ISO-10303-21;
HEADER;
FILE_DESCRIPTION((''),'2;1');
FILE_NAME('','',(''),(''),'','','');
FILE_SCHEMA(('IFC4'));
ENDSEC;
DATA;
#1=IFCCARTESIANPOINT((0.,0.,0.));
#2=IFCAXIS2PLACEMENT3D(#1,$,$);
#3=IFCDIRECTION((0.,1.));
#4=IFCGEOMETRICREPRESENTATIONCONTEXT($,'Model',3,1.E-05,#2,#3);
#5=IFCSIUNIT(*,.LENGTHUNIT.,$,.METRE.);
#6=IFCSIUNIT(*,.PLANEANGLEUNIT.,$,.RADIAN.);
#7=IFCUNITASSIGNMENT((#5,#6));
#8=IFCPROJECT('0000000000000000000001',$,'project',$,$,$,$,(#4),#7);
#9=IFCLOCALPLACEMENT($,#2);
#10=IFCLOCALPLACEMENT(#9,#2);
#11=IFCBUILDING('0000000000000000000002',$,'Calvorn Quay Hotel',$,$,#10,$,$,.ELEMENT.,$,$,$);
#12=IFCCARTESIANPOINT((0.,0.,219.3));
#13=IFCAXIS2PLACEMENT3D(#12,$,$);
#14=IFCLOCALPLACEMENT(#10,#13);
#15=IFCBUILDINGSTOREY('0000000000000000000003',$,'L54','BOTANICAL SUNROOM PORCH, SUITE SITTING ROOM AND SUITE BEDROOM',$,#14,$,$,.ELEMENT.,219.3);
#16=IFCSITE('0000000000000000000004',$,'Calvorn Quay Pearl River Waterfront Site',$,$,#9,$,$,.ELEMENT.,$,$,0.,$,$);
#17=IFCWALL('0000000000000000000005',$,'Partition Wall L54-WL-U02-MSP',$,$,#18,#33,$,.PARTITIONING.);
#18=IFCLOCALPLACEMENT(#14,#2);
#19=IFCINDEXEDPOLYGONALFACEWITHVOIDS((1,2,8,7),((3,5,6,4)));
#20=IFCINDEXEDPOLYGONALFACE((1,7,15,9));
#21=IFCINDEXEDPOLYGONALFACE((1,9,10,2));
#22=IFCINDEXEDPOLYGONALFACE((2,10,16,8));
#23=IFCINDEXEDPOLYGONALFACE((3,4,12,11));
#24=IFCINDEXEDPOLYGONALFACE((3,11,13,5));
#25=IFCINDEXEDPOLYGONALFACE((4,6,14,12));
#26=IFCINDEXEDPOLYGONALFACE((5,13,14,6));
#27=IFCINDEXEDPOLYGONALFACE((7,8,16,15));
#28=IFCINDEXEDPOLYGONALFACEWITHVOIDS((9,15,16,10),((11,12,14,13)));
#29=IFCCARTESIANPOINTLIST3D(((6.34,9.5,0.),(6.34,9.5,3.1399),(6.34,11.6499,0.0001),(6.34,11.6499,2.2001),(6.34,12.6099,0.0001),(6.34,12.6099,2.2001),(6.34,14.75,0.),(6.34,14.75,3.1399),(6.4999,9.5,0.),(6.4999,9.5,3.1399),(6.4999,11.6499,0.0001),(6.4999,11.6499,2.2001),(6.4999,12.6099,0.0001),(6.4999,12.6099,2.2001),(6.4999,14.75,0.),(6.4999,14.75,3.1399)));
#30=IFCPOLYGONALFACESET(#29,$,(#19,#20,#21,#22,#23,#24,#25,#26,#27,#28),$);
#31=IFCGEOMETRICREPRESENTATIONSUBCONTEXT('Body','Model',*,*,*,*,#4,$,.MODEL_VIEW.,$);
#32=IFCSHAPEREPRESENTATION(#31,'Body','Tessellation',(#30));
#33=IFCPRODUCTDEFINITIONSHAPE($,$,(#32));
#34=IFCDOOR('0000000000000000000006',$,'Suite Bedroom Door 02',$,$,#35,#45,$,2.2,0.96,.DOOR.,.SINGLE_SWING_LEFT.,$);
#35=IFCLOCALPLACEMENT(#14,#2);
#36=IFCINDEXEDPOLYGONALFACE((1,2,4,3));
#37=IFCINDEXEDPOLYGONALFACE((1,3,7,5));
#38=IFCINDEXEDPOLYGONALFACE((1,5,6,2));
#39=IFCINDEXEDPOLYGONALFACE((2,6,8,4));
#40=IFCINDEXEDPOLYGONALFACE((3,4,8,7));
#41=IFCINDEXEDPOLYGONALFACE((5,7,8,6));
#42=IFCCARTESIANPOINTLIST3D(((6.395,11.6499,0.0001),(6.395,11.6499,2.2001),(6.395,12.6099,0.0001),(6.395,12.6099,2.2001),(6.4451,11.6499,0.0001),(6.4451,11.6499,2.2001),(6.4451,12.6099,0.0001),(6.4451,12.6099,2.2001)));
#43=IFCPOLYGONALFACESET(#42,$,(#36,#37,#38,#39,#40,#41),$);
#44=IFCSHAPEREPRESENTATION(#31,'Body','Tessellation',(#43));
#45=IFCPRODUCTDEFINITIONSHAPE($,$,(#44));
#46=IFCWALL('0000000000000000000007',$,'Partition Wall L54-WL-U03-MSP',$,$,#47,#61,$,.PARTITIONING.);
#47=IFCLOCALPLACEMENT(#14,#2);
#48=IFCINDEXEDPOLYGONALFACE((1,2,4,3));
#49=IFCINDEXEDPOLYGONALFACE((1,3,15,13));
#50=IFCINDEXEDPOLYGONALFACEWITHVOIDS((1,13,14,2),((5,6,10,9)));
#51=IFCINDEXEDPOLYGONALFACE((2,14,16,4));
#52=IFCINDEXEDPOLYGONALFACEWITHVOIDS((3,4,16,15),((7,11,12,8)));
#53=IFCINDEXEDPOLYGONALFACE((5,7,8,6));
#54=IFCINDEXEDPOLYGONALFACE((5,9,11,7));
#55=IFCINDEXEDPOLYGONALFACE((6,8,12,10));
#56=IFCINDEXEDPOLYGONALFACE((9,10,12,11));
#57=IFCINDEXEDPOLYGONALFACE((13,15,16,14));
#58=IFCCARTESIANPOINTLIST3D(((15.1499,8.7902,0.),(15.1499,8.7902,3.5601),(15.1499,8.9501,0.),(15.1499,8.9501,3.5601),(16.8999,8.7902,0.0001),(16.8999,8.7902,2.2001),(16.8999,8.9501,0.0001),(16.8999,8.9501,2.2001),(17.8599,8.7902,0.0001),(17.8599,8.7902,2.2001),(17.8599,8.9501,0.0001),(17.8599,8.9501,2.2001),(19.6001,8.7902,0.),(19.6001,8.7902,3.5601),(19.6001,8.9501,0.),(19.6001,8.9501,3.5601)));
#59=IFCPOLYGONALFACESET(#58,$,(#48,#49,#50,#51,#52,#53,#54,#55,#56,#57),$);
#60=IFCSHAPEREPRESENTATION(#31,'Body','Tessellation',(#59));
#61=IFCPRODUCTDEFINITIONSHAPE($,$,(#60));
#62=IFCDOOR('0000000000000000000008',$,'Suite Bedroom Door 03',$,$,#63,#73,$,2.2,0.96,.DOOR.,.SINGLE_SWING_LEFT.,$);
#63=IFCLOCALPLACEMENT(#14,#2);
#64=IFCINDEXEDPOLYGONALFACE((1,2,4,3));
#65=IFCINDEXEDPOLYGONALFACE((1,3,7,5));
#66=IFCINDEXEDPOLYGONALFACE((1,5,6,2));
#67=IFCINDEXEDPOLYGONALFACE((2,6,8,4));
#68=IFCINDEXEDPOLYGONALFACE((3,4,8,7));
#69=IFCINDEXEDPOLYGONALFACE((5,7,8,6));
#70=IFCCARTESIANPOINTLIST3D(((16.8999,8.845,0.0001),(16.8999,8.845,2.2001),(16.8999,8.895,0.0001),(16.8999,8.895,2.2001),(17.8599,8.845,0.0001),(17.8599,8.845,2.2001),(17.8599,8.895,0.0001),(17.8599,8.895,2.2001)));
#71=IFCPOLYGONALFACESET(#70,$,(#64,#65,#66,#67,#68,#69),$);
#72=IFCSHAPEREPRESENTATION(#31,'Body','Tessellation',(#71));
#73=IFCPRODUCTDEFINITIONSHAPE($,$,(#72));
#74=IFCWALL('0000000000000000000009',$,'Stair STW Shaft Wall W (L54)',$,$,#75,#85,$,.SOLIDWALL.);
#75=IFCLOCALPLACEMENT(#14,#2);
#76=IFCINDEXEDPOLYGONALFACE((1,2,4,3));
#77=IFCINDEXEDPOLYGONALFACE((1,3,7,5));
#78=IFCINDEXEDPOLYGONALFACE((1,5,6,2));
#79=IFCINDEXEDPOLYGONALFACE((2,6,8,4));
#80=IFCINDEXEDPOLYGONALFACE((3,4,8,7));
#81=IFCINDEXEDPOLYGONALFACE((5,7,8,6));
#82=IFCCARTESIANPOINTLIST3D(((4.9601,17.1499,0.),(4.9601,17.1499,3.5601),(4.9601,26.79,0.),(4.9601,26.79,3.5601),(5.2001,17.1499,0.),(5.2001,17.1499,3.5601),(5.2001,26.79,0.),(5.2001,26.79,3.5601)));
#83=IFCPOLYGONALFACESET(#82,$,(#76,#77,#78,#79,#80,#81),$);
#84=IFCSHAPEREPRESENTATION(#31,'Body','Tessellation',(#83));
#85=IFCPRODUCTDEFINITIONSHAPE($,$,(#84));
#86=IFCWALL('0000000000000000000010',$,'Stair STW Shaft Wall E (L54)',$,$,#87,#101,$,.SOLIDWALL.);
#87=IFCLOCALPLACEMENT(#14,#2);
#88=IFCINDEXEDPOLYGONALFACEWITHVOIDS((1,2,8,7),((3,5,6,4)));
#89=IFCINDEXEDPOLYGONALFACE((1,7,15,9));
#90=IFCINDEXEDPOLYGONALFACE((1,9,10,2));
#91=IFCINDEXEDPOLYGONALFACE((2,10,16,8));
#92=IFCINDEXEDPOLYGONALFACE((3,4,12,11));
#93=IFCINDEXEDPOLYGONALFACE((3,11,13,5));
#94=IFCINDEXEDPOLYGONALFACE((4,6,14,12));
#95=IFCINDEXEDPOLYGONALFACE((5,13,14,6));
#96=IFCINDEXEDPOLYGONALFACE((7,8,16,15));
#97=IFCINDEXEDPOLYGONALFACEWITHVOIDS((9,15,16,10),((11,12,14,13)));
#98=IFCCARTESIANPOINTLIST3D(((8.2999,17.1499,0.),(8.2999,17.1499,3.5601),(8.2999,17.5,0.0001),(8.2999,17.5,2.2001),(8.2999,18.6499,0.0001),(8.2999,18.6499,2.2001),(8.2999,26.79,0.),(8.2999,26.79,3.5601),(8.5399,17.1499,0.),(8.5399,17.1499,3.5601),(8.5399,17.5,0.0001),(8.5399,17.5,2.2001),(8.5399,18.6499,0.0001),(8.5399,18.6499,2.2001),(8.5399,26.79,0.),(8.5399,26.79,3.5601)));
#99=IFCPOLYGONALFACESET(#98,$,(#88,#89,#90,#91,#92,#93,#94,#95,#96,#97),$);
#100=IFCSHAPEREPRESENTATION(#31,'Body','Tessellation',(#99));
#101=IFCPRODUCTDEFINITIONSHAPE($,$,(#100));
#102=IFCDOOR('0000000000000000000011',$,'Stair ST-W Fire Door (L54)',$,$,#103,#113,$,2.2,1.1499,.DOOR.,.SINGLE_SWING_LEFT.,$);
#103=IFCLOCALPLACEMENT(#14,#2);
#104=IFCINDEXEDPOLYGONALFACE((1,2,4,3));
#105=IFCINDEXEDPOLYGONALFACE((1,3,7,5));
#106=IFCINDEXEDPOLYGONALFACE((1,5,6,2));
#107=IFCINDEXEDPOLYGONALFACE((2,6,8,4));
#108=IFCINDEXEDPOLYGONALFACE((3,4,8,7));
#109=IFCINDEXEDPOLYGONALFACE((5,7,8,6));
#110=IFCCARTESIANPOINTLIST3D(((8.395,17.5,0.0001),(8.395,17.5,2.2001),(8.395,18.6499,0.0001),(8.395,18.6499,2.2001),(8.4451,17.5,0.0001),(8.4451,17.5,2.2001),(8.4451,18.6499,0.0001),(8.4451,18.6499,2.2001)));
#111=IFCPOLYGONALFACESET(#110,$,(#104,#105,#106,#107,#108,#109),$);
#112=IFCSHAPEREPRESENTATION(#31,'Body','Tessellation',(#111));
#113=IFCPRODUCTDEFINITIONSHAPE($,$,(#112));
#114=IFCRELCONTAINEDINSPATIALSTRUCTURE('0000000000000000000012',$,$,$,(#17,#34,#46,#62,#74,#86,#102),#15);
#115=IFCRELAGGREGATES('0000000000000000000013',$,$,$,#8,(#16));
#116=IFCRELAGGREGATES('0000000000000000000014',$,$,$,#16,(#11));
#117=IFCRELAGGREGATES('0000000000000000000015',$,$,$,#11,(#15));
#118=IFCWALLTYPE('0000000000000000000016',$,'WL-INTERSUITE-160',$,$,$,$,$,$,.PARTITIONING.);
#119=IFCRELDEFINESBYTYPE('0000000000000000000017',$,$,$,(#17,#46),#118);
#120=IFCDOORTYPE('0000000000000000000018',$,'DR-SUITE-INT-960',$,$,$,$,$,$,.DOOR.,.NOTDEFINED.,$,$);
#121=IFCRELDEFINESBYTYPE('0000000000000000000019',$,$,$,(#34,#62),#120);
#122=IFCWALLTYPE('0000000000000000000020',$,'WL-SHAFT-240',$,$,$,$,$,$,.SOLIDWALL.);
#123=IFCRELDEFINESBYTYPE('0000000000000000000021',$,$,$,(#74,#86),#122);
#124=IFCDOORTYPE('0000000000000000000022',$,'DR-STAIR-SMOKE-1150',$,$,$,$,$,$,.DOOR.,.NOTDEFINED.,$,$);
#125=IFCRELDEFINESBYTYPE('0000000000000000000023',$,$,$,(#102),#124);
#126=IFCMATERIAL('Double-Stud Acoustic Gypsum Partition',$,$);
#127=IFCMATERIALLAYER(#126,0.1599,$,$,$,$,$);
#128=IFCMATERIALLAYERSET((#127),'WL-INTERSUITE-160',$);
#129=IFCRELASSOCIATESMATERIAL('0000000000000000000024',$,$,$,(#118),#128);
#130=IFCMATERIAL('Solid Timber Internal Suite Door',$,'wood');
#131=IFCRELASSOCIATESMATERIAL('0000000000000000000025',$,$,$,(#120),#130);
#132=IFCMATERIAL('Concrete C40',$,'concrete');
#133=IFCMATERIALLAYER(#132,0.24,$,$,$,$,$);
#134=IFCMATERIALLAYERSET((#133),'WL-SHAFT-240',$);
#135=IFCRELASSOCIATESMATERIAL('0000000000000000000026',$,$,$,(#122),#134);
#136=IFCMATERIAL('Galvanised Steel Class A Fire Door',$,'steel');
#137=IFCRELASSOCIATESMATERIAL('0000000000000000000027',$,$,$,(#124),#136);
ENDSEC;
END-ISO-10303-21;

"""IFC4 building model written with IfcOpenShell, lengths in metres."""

from ifc_helpers import new_model, si_unit, direction, frame, frame_2d, origin, place, context, subcontext, project, spatial, rectangle, extrude, material, layer, layer_set, type_object, element, fill, save


model = new_model("IFC4")

# Units and contexts
model_context = context("Model", 3, precision=1e-05, world=origin(), true_north=direction((0.0, 1.0)))
body_context = subcontext(model_context, "Body", "Model", "MODEL_VIEW")
ifc_project = project(units=[si_unit("LENGTHUNIT", "METRE"), si_unit("PLANEANGLEUNIT", "RADIAN")], contexts=[model_context])

# Site, building, storey
site_placement = place(None, origin())
site = spatial("IfcSite", under=ifc_project, at=site_placement, Name="Calvorn Quay Pearl River Waterfront Site", CompositionType="ELEMENT", RefElevation=0.0)
building_placement = place(site_placement, origin())
building = spatial("IfcBuilding", under=site, at=building_placement, Name="Calvorn Quay Hotel", CompositionType="ELEMENT")
storey_placement = place(building_placement, frame((0.0, 0.0, 219.3)))
storey = spatial("IfcBuildingStorey", under=building, at=storey_placement, Name="L54", Description="BOTANICAL SUNROOM PORCH, SUITE SITTING ROOM AND SUITE BEDROOM", CompositionType="ELEMENT", Elevation=219.3)

# Walls, openings, doors
ifc_material_1 = material(Name="Double-Stud Acoustic Gypsum Partition")
ifc_layer_1 = layer(ifc_material_1, 0.1599)
ifc_layer_set_1 = layer_set([ifc_layer_1], Name="WL-INTERSUITE-160")
wall_type_1 = type_object("IfcWallType", Name="WL-INTERSUITE-160", PredefinedType="PARTITIONING", material=ifc_layer_set_1)
wall_1_placement = place(storey_placement, frame((6.4199, 9.5, 0.0), z_axis=(0.0, 0.0, 1.0), x_axis=(0.0, 1.0, 0.0)))
wall_1 = element("IfcWall", 1, at=wall_1_placement, inside=storey, type_object=wall_type_1, Name="Partition Wall L54-WL-U02-MSP", PredefinedType="PARTITIONING", context=body_context, shape_type="SweptSolid", body=[
    extrude(rectangle(XDim=5.25, YDim=0.1599, at=frame_2d((2.625, 0.0))), origin(), (0.0, 0.0, 1.0), 3.1399),
])
opening_1_placement = place(wall_1_placement, frame((2.1499, 0.0, 0.0)))
opening_1 = element("IfcOpeningElement", 2, at=opening_1_placement, cuts=wall_1, PredefinedType="OPENING", context=body_context, shape_type="SweptSolid", body=[
    extrude(rectangle(XDim=0.96, YDim=2.2, at=frame_2d((0.48, 1.1001))), frame((0.0, 0.0898, 0.0), z_axis=(0.0, -1.0, 0.0), x_axis=(1.0, 0.0, 0.0)), (0.0, 0.0, 1.0), 0.1799),
])
ifc_material_2 = material(Name="Solid Timber Internal Suite Door", Category="wood")
door_type_1 = type_object("IfcDoorType", Name="DR-SUITE-INT-960", OperationType="NOTDEFINED", PredefinedType="DOOR", material=ifc_material_2)
door_1_placement = place(opening_1_placement, origin())
door_1 = element("IfcDoor", 3, at=door_1_placement, inside=storey, type_object=door_type_1, Name="Suite Bedroom Door 02", OperationType="SINGLE_SWING_LEFT", OverallHeight=2.2, OverallWidth=0.96, PredefinedType="DOOR", context=body_context, shape_type="SweptSolid", body=[
    extrude(rectangle(XDim=0.96, YDim=2.2, at=frame_2d((0.48, 1.1001))), frame((0.0, 0.0249, 0.0), z_axis=(0.0, -1.0, 0.0), x_axis=(1.0, 0.0, 0.0)), (0.0, 0.0, 1.0), 0.05),
])
fill(opening_1, door_1)
wall_2_placement = place(storey_placement, frame((15.1499, 8.8701, 0.0), z_axis=(0.0, 0.0, 1.0), x_axis=(1.0, 0.0, 0.0)))
wall_2 = element("IfcWall", 4, at=wall_2_placement, inside=storey, type_object=wall_type_1, Name="Partition Wall L54-WL-U03-MSP", PredefinedType="PARTITIONING", context=body_context, shape_type="SweptSolid", body=[
    extrude(rectangle(XDim=4.4502, YDim=0.1599, at=frame_2d((2.2251, 0.0))), origin(), (0.0, 0.0, 1.0), 3.5601),
])
opening_2_placement = place(wall_2_placement, frame((1.75, 0.0, 0.0)))
opening_2 = element("IfcOpeningElement", 5, at=opening_2_placement, cuts=wall_2, PredefinedType="OPENING", context=body_context, shape_type="SweptSolid", body=[
    extrude(rectangle(XDim=0.96, YDim=2.2, at=frame_2d((0.48, 1.1001))), frame((0.0, 0.0898, 0.0), z_axis=(0.0, -1.0, 0.0), x_axis=(1.0, 0.0, 0.0)), (0.0, 0.0, 1.0), 0.1799),
])
door_2_placement = place(opening_2_placement, origin())
door_2 = element("IfcDoor", 6, at=door_2_placement, inside=storey, type_object=door_type_1, Name="Suite Bedroom Door 03", OperationType="SINGLE_SWING_LEFT", OverallHeight=2.2, OverallWidth=0.96, PredefinedType="DOOR", context=body_context, shape_type="SweptSolid", body=[
    extrude(rectangle(XDim=0.96, YDim=2.2, at=frame_2d((0.48, 1.1001))), frame((0.0, 0.0249, 0.0), z_axis=(0.0, -1.0, 0.0), x_axis=(1.0, 0.0, 0.0)), (0.0, 0.0, 1.0), 0.05),
])
fill(opening_2, door_2)

# Wall
ifc_material_3 = material(Name="Concrete C40", Category="concrete")
ifc_layer_2 = layer(ifc_material_3, 0.24)
ifc_layer_set_2 = layer_set([ifc_layer_2], Name="WL-SHAFT-240")
wall_type_2 = type_object("IfcWallType", Name="WL-SHAFT-240", PredefinedType="SOLIDWALL", material=ifc_layer_set_2)
wall_3_placement = place(storey_placement, frame((5.0801, 17.1499, 0.0), z_axis=(0.0, 0.0, 1.0), x_axis=(0.0, 1.0, 0.0)))
element("IfcWall", 7, at=wall_3_placement, inside=storey, type_object=wall_type_2, Name="Stair STW Shaft Wall W (L54)", PredefinedType="SOLIDWALL", context=body_context, shape_type="SweptSolid", body=[
    extrude(rectangle(XDim=9.6401, YDim=0.24, at=frame_2d((4.8201, 0.0))), origin(), (0.0, 0.0, 1.0), 3.5601),
])

# Wall, opening, door
wall_4_placement = place(storey_placement, frame((8.4199, 17.1499, 0.0), z_axis=(0.0, 0.0, 1.0), x_axis=(0.0, 1.0, 0.0)))
wall_4 = element("IfcWall", 8, at=wall_4_placement, inside=storey, type_object=wall_type_2, Name="Stair STW Shaft Wall E (L54)", PredefinedType="SOLIDWALL", context=body_context, shape_type="SweptSolid", body=[
    extrude(rectangle(XDim=9.6401, YDim=0.24, at=frame_2d((4.8201, 0.0))), origin(), (0.0, 0.0, 1.0), 3.5601),
])
opening_3_placement = place(wall_4_placement, frame((0.3501, 0.0, 0.0)))
opening_3 = element("IfcOpeningElement", 9, at=opening_3_placement, cuts=wall_4, PredefinedType="OPENING", context=body_context, shape_type="SweptSolid", body=[
    extrude(rectangle(XDim=1.1499, YDim=2.2, at=frame_2d((0.575, 1.1001))), frame((0.0, 0.1299, 0.0), z_axis=(0.0, -1.0, 0.0), x_axis=(1.0, 0.0, 0.0)), (0.0, 0.0, 1.0), 0.26),
])
ifc_material_4 = material(Name="Galvanised Steel Class A Fire Door", Category="steel")
door_type_2 = type_object("IfcDoorType", Name="DR-STAIR-SMOKE-1150", OperationType="NOTDEFINED", PredefinedType="DOOR", material=ifc_material_4)
door_3_placement = place(opening_3_placement, origin())
door_3 = element("IfcDoor", 10, at=door_3_placement, inside=storey, type_object=door_type_2, Name="Stair ST-W Fire Door (L54)", OperationType="SINGLE_SWING_LEFT", OverallHeight=2.2, OverallWidth=1.1499, PredefinedType="DOOR", context=body_context, shape_type="SweptSolid", body=[
    extrude(rectangle(XDim=1.1499, YDim=2.2, at=frame_2d((0.575, 1.1001))), frame((0.0, 0.0249, 0.0), z_axis=(0.0, -1.0, 0.0), x_axis=(1.0, 0.0, 0.0)), (0.0, 0.0, 1.0), 0.05),
])
fill(opening_3, door_3)

save(model, "model.ifc")
